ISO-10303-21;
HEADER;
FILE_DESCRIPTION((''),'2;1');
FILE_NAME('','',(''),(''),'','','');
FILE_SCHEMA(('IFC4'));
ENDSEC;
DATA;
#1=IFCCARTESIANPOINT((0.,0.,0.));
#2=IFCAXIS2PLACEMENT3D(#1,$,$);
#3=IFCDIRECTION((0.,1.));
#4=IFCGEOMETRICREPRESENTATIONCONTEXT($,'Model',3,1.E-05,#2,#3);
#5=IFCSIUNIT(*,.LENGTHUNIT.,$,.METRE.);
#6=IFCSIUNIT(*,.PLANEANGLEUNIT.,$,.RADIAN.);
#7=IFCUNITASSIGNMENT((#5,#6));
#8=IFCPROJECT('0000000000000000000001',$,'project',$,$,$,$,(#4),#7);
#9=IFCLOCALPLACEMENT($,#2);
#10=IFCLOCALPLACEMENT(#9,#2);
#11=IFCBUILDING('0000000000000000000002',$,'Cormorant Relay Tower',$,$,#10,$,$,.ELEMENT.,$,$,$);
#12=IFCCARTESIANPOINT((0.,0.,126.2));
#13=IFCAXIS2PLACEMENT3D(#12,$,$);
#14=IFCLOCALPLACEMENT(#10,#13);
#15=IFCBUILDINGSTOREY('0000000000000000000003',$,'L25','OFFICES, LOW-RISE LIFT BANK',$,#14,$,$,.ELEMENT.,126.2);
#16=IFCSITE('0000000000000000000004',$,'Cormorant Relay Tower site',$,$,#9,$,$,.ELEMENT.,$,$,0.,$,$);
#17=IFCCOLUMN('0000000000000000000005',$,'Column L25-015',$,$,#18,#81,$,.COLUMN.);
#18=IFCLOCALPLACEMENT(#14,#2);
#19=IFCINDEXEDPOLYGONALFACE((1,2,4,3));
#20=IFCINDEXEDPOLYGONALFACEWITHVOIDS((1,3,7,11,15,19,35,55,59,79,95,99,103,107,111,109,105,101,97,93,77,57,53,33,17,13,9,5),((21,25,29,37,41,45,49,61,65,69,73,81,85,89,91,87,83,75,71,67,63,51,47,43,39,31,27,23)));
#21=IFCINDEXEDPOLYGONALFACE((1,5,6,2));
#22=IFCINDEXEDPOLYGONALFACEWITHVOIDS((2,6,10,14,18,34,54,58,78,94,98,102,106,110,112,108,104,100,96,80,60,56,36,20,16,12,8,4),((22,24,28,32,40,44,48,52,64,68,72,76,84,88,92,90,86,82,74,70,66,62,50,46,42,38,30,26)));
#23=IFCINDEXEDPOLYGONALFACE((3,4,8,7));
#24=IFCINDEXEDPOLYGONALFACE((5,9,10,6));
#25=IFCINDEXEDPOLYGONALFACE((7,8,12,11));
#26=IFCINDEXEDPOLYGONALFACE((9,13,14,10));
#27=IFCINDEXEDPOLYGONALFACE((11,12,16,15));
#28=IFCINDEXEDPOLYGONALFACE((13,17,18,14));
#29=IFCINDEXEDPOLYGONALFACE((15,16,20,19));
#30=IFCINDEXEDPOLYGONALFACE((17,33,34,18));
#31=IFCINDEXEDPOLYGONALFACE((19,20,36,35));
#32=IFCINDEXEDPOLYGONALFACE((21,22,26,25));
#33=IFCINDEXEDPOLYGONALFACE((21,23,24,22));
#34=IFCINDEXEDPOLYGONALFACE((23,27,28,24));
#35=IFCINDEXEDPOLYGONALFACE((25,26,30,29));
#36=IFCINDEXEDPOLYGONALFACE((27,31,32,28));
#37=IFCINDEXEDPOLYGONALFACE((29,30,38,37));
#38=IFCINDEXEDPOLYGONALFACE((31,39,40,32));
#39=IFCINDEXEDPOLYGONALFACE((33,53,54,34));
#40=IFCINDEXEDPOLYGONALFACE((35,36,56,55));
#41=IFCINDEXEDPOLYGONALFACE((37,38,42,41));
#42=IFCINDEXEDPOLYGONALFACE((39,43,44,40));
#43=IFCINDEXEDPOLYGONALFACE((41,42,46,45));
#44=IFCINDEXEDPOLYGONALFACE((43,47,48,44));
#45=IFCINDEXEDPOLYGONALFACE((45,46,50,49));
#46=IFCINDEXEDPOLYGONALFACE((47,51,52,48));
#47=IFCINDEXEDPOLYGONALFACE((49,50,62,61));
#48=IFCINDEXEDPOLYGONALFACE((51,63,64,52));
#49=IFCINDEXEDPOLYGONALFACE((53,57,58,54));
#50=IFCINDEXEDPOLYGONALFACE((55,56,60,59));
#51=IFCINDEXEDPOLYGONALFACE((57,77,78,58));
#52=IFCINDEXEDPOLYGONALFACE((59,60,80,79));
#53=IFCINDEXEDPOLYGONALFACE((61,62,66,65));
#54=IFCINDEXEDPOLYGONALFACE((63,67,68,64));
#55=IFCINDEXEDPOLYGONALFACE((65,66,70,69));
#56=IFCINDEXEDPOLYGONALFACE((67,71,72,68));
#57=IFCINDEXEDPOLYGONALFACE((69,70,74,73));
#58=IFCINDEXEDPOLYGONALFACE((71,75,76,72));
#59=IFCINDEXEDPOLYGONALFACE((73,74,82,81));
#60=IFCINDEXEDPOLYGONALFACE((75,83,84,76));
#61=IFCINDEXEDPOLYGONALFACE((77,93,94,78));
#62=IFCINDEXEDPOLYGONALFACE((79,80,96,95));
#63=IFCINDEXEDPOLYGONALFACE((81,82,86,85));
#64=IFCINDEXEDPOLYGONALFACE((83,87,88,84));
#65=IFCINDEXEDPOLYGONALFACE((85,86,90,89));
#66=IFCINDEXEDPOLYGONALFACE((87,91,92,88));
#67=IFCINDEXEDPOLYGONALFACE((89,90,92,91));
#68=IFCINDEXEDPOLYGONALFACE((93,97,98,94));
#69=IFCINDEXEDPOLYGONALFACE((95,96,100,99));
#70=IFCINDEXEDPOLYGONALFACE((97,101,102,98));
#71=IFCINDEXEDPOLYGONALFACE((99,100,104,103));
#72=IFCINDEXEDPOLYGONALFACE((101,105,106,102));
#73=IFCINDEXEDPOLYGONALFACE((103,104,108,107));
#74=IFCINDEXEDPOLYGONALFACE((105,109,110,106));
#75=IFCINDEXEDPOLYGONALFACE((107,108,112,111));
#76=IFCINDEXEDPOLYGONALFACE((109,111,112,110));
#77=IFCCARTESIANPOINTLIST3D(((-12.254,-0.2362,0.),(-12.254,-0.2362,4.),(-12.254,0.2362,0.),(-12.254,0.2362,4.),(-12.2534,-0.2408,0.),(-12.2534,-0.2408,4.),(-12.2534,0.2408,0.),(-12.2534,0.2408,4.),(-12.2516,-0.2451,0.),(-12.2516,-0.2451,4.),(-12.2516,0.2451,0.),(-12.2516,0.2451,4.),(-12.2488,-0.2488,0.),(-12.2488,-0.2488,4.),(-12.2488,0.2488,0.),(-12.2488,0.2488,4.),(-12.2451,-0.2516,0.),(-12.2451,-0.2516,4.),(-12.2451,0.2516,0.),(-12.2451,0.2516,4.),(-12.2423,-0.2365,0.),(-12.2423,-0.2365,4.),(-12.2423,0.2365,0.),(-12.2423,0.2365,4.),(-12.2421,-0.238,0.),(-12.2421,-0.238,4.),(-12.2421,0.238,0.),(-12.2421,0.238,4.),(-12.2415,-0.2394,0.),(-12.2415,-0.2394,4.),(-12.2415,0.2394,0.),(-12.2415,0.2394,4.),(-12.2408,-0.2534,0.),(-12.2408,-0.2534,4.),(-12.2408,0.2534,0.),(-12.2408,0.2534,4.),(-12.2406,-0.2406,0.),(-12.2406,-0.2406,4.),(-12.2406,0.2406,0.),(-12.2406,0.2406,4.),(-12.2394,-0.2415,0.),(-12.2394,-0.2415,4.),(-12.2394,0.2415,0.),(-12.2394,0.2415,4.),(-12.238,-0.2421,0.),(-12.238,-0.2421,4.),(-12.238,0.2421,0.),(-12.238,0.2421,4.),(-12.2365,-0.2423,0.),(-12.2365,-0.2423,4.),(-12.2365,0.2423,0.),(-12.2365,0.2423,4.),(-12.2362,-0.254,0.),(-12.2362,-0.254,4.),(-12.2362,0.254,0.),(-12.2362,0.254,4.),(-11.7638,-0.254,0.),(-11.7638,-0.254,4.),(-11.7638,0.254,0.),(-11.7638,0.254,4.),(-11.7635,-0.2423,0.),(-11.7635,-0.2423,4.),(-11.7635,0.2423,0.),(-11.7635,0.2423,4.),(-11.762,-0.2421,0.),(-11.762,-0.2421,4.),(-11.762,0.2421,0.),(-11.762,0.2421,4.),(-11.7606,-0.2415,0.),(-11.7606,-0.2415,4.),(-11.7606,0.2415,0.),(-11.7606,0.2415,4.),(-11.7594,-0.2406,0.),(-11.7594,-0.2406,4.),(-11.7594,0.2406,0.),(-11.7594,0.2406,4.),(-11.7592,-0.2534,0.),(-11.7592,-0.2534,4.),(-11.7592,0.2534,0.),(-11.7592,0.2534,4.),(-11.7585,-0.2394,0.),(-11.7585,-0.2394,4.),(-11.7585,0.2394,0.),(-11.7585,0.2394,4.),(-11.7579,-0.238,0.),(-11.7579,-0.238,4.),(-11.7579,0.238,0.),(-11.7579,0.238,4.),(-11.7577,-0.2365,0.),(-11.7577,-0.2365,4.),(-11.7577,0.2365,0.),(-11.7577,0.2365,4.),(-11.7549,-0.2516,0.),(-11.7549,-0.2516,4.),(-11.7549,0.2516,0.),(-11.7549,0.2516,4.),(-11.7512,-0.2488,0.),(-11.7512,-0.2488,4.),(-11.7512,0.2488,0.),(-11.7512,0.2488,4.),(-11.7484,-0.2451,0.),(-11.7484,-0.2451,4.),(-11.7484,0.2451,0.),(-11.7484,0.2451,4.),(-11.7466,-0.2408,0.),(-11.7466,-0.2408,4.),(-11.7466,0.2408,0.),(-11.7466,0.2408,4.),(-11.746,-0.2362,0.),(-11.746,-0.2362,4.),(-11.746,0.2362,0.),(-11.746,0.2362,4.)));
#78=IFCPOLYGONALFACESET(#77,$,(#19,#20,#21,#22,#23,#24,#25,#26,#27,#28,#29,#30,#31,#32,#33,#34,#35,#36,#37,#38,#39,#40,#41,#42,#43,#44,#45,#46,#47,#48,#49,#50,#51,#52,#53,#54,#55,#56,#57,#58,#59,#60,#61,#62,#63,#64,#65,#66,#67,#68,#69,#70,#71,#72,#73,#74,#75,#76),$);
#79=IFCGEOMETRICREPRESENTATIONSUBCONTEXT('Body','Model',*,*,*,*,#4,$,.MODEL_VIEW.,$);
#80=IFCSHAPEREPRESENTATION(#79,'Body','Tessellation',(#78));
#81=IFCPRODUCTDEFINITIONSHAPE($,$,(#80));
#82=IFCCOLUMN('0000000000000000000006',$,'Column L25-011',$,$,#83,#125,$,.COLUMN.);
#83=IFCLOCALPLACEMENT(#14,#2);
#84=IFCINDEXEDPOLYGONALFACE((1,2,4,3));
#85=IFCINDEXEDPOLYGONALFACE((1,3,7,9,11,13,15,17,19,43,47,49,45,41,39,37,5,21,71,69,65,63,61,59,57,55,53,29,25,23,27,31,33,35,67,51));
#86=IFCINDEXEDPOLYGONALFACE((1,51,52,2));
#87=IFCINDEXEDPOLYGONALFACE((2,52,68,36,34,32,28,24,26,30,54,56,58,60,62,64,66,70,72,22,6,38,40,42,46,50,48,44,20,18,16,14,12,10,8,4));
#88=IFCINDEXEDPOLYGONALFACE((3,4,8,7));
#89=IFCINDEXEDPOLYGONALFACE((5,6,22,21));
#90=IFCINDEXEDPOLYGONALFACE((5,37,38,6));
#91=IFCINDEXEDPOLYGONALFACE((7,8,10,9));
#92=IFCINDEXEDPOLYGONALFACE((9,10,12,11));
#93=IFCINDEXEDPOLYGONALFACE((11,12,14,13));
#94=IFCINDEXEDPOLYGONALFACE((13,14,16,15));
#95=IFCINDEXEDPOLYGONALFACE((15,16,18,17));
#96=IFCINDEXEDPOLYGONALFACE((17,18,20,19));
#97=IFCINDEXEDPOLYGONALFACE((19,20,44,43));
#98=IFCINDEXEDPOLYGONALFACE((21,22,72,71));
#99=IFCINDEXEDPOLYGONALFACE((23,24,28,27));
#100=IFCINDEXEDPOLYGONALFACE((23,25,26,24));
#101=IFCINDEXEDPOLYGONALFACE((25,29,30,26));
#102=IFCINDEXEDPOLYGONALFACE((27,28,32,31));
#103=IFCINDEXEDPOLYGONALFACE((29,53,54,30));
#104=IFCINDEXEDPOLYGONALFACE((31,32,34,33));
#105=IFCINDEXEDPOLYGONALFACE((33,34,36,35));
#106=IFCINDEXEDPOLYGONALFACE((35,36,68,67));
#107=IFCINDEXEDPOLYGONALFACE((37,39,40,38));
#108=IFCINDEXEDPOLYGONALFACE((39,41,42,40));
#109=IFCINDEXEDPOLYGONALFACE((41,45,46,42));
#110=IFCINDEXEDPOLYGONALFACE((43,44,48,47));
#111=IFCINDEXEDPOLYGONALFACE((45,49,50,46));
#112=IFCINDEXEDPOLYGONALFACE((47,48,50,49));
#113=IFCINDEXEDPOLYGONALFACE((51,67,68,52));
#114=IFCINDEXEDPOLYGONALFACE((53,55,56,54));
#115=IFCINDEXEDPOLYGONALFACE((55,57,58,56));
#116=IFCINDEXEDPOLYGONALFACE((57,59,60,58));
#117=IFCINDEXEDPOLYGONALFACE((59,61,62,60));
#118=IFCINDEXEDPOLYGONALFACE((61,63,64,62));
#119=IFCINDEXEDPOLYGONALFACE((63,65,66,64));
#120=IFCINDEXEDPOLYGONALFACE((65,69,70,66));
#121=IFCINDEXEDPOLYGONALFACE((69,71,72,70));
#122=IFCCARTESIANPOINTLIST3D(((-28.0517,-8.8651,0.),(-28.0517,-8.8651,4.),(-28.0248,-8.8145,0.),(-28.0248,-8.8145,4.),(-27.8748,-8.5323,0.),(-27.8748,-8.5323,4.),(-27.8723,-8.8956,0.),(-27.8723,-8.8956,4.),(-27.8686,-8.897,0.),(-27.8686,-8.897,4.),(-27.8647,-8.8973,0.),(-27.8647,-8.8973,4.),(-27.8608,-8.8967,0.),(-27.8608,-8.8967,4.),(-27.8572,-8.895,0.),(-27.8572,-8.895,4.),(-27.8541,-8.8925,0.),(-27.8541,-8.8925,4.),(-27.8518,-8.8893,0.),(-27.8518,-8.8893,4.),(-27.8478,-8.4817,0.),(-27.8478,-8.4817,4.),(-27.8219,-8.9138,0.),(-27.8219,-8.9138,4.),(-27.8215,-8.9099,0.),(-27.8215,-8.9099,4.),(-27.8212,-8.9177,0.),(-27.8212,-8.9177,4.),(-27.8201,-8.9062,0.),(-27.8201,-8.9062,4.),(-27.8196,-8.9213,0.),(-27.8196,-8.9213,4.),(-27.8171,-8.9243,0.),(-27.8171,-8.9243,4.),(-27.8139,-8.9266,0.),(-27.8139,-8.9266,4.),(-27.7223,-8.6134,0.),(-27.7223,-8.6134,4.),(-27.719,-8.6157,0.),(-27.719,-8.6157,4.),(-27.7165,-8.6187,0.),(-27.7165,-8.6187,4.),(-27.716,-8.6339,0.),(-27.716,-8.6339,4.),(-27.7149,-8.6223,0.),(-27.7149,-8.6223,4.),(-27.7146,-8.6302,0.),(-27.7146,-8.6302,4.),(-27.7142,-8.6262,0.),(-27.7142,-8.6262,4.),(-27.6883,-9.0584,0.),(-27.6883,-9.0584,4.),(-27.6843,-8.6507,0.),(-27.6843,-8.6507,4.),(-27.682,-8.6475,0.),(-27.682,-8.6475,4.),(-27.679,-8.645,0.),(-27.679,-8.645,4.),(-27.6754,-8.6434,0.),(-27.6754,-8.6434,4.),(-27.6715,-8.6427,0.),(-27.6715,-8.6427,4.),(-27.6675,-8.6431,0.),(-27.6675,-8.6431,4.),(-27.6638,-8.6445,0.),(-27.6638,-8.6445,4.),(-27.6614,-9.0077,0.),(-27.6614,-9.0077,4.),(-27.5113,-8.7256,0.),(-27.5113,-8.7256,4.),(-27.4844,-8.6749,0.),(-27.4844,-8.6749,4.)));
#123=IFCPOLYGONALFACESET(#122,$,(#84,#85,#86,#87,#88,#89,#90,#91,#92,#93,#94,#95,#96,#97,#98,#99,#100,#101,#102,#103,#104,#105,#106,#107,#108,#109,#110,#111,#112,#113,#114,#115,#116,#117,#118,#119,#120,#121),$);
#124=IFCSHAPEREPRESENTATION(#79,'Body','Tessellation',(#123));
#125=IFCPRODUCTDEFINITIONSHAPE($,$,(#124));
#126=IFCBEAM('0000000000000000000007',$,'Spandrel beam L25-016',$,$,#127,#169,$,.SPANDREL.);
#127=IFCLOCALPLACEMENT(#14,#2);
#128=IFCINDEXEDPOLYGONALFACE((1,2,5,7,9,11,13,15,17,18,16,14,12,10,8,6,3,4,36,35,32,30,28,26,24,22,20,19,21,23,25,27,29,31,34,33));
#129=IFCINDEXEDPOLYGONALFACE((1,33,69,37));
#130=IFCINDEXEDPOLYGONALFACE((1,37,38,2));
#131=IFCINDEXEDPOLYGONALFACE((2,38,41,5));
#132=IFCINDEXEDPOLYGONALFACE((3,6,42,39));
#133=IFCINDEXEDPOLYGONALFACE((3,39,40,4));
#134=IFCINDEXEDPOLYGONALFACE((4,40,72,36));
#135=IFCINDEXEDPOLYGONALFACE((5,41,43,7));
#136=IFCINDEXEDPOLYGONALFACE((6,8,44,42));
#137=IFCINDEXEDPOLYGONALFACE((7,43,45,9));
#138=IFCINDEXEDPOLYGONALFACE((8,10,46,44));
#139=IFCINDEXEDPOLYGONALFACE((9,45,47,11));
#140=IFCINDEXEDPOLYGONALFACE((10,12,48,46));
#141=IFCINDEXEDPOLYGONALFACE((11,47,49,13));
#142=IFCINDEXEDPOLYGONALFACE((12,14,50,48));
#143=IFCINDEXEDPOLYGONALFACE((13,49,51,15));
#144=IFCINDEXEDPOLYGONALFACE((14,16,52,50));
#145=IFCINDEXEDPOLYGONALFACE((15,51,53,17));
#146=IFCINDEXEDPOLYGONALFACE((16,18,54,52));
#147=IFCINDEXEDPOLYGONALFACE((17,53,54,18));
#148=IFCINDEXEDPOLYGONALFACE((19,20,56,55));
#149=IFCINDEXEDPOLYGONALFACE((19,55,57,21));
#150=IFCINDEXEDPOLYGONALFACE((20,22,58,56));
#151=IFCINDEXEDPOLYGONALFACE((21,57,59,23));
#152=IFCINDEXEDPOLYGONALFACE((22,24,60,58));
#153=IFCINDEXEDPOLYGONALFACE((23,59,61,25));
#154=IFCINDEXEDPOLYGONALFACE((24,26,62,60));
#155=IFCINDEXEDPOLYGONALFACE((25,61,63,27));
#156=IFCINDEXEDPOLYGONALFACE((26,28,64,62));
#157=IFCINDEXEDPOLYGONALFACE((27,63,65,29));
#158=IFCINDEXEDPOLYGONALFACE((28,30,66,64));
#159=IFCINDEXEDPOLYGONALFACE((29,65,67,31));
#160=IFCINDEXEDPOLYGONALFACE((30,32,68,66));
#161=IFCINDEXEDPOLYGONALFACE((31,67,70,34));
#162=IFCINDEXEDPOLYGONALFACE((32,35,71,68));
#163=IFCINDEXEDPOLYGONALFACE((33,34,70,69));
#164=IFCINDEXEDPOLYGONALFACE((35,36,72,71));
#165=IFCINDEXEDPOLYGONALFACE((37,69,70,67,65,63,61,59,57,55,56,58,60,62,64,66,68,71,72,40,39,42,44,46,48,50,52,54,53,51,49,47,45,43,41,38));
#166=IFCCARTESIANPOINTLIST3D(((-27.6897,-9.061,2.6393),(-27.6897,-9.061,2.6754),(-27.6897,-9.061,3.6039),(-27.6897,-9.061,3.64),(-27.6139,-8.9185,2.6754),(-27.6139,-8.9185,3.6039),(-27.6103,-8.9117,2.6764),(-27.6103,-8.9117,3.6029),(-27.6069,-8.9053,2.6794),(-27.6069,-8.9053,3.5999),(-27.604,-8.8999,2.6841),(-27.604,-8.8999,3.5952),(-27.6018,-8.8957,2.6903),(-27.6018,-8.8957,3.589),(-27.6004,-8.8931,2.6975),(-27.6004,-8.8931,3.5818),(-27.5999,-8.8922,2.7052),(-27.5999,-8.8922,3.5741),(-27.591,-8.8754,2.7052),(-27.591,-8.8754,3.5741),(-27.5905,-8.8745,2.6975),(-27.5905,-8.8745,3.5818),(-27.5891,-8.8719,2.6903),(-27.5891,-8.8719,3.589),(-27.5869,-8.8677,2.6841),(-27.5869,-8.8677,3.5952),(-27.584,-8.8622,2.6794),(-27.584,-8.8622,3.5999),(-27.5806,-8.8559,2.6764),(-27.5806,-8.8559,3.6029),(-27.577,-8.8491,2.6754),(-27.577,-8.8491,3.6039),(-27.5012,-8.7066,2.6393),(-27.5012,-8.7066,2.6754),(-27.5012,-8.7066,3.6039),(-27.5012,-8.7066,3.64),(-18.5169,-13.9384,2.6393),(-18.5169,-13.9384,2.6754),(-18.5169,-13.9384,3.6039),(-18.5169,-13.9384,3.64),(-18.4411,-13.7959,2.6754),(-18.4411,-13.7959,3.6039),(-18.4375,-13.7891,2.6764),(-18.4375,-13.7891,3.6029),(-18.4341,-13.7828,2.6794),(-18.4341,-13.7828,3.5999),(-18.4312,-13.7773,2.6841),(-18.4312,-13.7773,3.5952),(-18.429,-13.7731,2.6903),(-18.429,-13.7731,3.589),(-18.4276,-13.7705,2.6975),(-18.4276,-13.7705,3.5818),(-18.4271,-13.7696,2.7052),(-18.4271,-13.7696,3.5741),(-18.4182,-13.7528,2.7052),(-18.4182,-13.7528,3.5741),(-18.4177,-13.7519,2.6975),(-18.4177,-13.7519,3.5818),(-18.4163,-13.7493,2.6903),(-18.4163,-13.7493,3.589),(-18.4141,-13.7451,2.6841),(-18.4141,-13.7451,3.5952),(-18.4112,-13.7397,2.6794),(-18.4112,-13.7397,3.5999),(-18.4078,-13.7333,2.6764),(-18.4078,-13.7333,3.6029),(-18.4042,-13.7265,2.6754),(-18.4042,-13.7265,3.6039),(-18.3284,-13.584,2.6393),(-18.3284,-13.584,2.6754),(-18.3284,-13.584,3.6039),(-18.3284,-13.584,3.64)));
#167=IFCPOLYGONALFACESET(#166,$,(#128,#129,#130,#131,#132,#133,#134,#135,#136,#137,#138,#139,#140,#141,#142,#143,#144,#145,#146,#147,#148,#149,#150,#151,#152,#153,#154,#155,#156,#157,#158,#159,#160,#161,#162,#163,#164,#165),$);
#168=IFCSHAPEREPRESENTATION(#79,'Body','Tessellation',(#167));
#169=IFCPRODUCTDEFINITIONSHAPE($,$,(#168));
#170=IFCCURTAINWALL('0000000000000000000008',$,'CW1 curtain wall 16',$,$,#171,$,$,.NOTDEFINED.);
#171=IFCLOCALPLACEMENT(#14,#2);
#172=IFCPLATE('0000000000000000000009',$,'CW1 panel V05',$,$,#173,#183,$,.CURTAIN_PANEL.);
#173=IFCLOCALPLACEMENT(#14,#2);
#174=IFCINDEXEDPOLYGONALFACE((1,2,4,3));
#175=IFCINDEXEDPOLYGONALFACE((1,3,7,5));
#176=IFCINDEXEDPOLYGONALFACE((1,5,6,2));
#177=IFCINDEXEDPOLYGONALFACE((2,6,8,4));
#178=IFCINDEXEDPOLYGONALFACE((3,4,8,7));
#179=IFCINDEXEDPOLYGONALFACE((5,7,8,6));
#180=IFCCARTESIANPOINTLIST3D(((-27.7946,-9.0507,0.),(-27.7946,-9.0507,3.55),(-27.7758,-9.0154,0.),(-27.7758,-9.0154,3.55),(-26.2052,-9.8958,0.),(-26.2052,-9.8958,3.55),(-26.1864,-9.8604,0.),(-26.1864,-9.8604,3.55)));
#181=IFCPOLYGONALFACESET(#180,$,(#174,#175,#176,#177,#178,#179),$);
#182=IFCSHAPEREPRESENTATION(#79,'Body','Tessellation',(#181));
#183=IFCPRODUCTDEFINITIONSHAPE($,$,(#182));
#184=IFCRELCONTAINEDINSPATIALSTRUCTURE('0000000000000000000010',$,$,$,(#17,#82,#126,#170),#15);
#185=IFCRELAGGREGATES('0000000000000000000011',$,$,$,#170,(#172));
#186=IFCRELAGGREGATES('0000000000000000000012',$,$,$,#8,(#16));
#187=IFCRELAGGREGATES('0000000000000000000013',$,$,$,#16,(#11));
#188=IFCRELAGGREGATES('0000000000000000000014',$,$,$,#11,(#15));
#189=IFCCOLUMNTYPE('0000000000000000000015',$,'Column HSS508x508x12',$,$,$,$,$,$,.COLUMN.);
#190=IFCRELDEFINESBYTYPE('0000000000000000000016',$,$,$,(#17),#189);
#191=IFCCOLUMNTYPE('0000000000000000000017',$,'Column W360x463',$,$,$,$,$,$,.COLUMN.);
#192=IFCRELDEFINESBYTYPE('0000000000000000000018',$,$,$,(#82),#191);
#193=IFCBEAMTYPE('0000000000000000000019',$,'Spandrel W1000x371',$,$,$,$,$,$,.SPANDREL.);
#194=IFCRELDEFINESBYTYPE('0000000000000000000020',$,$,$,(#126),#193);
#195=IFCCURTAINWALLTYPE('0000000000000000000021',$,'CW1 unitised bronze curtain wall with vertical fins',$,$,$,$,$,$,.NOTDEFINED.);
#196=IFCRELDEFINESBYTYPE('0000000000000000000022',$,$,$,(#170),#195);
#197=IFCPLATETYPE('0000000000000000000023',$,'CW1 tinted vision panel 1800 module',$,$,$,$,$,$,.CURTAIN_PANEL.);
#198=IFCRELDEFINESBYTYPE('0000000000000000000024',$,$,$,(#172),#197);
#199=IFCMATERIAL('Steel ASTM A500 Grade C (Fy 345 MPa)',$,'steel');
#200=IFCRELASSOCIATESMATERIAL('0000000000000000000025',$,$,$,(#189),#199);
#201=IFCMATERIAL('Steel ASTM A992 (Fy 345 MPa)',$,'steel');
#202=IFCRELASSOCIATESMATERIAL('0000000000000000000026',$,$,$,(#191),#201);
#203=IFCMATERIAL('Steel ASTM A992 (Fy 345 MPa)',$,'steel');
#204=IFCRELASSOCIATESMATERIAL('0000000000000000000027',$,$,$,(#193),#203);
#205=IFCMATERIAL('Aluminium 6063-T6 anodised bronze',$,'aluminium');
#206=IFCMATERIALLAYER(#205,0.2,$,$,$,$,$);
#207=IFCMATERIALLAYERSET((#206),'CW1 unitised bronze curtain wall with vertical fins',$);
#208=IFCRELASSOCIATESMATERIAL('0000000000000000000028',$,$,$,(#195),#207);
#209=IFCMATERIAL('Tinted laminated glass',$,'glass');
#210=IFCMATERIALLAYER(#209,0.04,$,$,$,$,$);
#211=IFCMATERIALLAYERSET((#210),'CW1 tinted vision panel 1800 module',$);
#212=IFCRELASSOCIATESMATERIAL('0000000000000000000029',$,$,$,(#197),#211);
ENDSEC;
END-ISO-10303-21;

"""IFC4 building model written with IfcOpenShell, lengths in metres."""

from ifc_helpers import new_model, si_unit, direction, frame, origin, origin_2d, place, context, subcontext, project, spatial, rectangle, hollow_rectangle, i_section, extrude, material, layer, layer_set, material_profile, profile_set, type_object, element, aggregate, save


model = new_model("IFC4")

# Units and contexts
model_context = context("Model", 3, precision=1e-05, world=origin(), true_north=direction((0.0, 1.0)))
body_context = subcontext(model_context, "Body", "Model", "MODEL_VIEW")
ifc_project = project(units=[si_unit("LENGTHUNIT", "METRE"), si_unit("PLANEANGLEUNIT", "RADIAN")], contexts=[model_context])

# Site, building, storey
site_placement = place(None, origin())
site = spatial("IfcSite", under=ifc_project, at=site_placement, Name="Cormorant Relay Tower site", CompositionType="ELEMENT", RefElevation=0.0)
building_placement = place(site_placement, origin())
building = spatial("IfcBuilding", under=site, at=building_placement, Name="Cormorant Relay Tower", CompositionType="ELEMENT")
storey_placement = place(building_placement, frame((0.0, 0.0, 126.2)))
storey = spatial("IfcBuildingStorey", under=building, at=storey_placement, Name="L25", Description="OFFICES, LOW-RISE LIFT BANK", CompositionType="ELEMENT", Elevation=126.2)

# Columns
ifc_material_1 = material(Name="Steel ASTM A500 Grade C (Fy 345 MPa)", Category="steel")
ifc_material_profile_1 = material_profile(ifc_material_1, hollow_rectangle(XDim=0.5081, YDim=0.5081, WallThickness=0.0117, InnerFilletRadius=0.0059, OuterFilletRadius=0.0178, at=origin_2d()), Name="HSS508x508x12")
ifc_profile_set_1 = profile_set([ifc_material_profile_1], Name="Steel ASTM A500 Grade C (Fy 345 MPa)")
column_type_1 = type_object("IfcColumnType", Name="Column HSS508x508x12", PredefinedType="COLUMN", material=ifc_profile_set_1)
column_1_placement = place(storey_placement, frame((-12.0, 0.0, 0.0), z_axis=(0.0, 0.0, 1.0), x_axis=(1.0, 0.0, 0.0)))
element("IfcColumn", 1, at=column_1_placement, inside=storey, type_object=column_type_1, Name="Column L25-015", PredefinedType="COLUMN", context=body_context, shape_type="SweptSolid", body=[
    extrude(hollow_rectangle(XDim=0.5081, YDim=0.5081, WallThickness=0.0117, InnerFilletRadius=0.0059, OuterFilletRadius=0.0178, at=origin_2d()), origin(), (0.0, 0.0, 1.0), 4.0),
])
ifc_material_2 = material(Name="Steel ASTM A992 (Fy 345 MPa)", Category="steel")
ifc_material_profile_2 = material_profile(ifc_material_2, i_section(OverallWidth=0.4116, OverallDepth=0.4343, WebThickness=0.0359, FlangeThickness=0.0574, FilletRadius=0.0151, at=origin_2d()), Name="W360x463")
ifc_profile_set_2 = profile_set([ifc_material_profile_2], Name="Steel ASTM A992 (Fy 345 MPa)")
column_type_2 = type_object("IfcColumnType", Name="Column W360x463", PredefinedType="COLUMN", material=ifc_profile_set_2)
column_2_placement = place(storey_placement, frame((-27.7681, -8.77, 0.0), z_axis=(0.0, 0.0, 1.0), x_axis=(0.882948, -0.469472, 0.0)))
element("IfcColumn", 2, at=column_2_placement, inside=storey, type_object=column_type_2, Name="Column L25-011", PredefinedType="COLUMN", context=body_context, shape_type="SweptSolid", body=[
    extrude(i_section(OverallWidth=0.4116, OverallDepth=0.4343, WebThickness=0.0359, FlangeThickness=0.0574, FilletRadius=0.0151, at=origin_2d()), origin(), (0.0, 0.0, 1.0), 4.0),
])

# Beam
ifc_material_3 = material(Name="Steel ASTM A992 (Fy 345 MPa)", Category="steel")
ifc_material_profile_3 = material_profile(ifc_material_3, i_section(OverallWidth=0.4014, OverallDepth=1.0007, WebThickness=0.019, FlangeThickness=0.0361, FilletRadius=0.0298, at=origin_2d()), Name="W1000x371")
ifc_profile_set_3 = profile_set([ifc_material_profile_3], Name="Steel ASTM A992 (Fy 345 MPa)")
beam_type = type_object("IfcBeamType", Name="Spandrel W1000x371", PredefinedType="SPANDREL", material=ifc_profile_set_3)
beam_placement = place(storey_placement, frame((-27.5955, -8.8838, 3.1396), z_axis=(0.882942, -0.469483, 0.0), x_axis=(0.469483, 0.882942, 0.0)))
element("IfcBeam", 3, at=beam_placement, inside=storey, type_object=beam_type, Name="Spandrel beam L25-016", PredefinedType="SPANDREL", context=body_context, shape_type="SweptSolid", body=[
    extrude(i_section(OverallWidth=0.4014, OverallDepth=1.0007, WebThickness=0.019, FlangeThickness=0.0361, FilletRadius=0.0298, at=origin_2d()), origin(), (0.0, 0.0, 1.0), 10.3889),
])

# Curtain wall, plate
ifc_material_4 = material(Name="Aluminium 6063-T6 anodised bronze", Category="aluminium")
ifc_layer_1 = layer(ifc_material_4, 0.2)
ifc_layer_set_1 = layer_set([ifc_layer_1], Name="CW1 unitised bronze curtain wall with vertical fins")
curtain_wall_type = type_object("IfcCurtainWallType", Name="CW1 unitised bronze curtain wall with vertical fins", PredefinedType="NOTDEFINED", material=ifc_layer_set_1)
curtain_wall_placement = place(storey_placement, origin())
curtain_wall = element("IfcCurtainWall", 4, at=curtain_wall_placement, inside=storey, type_object=curtain_wall_type, Name="CW1 curtain wall 16", PredefinedType="NOTDEFINED")
ifc_material_5 = material(Name="Tinted laminated glass", Category="glass")
ifc_layer_2 = layer(ifc_material_5, 0.04)
ifc_layer_set_2 = layer_set([ifc_layer_2], Name="CW1 tinted vision panel 1800 module")
plate_type = type_object("IfcPlateType", Name="CW1 tinted vision panel 1800 module", PredefinedType="CURTAIN_PANEL", material=ifc_layer_set_2)
plate_placement = place(storey_placement, frame((-26.9905, -9.4556, 0.0), z_axis=(0.0, 0.0, 1.0), x_axis=(0.882948, -0.469472, 0.0)))
plate = element("IfcPlate", 5, at=plate_placement, type_object=plate_type, Name="CW1 panel V05", PredefinedType="CURTAIN_PANEL", context=body_context, shape_type="SweptSolid", body=[
    extrude(rectangle(XDim=1.8, YDim=0.04, at=origin_2d()), origin(), (0.0, 0.0, 1.0), 3.55),
])
aggregate(curtain_wall, [plate])

save(model, "model.ifc")
